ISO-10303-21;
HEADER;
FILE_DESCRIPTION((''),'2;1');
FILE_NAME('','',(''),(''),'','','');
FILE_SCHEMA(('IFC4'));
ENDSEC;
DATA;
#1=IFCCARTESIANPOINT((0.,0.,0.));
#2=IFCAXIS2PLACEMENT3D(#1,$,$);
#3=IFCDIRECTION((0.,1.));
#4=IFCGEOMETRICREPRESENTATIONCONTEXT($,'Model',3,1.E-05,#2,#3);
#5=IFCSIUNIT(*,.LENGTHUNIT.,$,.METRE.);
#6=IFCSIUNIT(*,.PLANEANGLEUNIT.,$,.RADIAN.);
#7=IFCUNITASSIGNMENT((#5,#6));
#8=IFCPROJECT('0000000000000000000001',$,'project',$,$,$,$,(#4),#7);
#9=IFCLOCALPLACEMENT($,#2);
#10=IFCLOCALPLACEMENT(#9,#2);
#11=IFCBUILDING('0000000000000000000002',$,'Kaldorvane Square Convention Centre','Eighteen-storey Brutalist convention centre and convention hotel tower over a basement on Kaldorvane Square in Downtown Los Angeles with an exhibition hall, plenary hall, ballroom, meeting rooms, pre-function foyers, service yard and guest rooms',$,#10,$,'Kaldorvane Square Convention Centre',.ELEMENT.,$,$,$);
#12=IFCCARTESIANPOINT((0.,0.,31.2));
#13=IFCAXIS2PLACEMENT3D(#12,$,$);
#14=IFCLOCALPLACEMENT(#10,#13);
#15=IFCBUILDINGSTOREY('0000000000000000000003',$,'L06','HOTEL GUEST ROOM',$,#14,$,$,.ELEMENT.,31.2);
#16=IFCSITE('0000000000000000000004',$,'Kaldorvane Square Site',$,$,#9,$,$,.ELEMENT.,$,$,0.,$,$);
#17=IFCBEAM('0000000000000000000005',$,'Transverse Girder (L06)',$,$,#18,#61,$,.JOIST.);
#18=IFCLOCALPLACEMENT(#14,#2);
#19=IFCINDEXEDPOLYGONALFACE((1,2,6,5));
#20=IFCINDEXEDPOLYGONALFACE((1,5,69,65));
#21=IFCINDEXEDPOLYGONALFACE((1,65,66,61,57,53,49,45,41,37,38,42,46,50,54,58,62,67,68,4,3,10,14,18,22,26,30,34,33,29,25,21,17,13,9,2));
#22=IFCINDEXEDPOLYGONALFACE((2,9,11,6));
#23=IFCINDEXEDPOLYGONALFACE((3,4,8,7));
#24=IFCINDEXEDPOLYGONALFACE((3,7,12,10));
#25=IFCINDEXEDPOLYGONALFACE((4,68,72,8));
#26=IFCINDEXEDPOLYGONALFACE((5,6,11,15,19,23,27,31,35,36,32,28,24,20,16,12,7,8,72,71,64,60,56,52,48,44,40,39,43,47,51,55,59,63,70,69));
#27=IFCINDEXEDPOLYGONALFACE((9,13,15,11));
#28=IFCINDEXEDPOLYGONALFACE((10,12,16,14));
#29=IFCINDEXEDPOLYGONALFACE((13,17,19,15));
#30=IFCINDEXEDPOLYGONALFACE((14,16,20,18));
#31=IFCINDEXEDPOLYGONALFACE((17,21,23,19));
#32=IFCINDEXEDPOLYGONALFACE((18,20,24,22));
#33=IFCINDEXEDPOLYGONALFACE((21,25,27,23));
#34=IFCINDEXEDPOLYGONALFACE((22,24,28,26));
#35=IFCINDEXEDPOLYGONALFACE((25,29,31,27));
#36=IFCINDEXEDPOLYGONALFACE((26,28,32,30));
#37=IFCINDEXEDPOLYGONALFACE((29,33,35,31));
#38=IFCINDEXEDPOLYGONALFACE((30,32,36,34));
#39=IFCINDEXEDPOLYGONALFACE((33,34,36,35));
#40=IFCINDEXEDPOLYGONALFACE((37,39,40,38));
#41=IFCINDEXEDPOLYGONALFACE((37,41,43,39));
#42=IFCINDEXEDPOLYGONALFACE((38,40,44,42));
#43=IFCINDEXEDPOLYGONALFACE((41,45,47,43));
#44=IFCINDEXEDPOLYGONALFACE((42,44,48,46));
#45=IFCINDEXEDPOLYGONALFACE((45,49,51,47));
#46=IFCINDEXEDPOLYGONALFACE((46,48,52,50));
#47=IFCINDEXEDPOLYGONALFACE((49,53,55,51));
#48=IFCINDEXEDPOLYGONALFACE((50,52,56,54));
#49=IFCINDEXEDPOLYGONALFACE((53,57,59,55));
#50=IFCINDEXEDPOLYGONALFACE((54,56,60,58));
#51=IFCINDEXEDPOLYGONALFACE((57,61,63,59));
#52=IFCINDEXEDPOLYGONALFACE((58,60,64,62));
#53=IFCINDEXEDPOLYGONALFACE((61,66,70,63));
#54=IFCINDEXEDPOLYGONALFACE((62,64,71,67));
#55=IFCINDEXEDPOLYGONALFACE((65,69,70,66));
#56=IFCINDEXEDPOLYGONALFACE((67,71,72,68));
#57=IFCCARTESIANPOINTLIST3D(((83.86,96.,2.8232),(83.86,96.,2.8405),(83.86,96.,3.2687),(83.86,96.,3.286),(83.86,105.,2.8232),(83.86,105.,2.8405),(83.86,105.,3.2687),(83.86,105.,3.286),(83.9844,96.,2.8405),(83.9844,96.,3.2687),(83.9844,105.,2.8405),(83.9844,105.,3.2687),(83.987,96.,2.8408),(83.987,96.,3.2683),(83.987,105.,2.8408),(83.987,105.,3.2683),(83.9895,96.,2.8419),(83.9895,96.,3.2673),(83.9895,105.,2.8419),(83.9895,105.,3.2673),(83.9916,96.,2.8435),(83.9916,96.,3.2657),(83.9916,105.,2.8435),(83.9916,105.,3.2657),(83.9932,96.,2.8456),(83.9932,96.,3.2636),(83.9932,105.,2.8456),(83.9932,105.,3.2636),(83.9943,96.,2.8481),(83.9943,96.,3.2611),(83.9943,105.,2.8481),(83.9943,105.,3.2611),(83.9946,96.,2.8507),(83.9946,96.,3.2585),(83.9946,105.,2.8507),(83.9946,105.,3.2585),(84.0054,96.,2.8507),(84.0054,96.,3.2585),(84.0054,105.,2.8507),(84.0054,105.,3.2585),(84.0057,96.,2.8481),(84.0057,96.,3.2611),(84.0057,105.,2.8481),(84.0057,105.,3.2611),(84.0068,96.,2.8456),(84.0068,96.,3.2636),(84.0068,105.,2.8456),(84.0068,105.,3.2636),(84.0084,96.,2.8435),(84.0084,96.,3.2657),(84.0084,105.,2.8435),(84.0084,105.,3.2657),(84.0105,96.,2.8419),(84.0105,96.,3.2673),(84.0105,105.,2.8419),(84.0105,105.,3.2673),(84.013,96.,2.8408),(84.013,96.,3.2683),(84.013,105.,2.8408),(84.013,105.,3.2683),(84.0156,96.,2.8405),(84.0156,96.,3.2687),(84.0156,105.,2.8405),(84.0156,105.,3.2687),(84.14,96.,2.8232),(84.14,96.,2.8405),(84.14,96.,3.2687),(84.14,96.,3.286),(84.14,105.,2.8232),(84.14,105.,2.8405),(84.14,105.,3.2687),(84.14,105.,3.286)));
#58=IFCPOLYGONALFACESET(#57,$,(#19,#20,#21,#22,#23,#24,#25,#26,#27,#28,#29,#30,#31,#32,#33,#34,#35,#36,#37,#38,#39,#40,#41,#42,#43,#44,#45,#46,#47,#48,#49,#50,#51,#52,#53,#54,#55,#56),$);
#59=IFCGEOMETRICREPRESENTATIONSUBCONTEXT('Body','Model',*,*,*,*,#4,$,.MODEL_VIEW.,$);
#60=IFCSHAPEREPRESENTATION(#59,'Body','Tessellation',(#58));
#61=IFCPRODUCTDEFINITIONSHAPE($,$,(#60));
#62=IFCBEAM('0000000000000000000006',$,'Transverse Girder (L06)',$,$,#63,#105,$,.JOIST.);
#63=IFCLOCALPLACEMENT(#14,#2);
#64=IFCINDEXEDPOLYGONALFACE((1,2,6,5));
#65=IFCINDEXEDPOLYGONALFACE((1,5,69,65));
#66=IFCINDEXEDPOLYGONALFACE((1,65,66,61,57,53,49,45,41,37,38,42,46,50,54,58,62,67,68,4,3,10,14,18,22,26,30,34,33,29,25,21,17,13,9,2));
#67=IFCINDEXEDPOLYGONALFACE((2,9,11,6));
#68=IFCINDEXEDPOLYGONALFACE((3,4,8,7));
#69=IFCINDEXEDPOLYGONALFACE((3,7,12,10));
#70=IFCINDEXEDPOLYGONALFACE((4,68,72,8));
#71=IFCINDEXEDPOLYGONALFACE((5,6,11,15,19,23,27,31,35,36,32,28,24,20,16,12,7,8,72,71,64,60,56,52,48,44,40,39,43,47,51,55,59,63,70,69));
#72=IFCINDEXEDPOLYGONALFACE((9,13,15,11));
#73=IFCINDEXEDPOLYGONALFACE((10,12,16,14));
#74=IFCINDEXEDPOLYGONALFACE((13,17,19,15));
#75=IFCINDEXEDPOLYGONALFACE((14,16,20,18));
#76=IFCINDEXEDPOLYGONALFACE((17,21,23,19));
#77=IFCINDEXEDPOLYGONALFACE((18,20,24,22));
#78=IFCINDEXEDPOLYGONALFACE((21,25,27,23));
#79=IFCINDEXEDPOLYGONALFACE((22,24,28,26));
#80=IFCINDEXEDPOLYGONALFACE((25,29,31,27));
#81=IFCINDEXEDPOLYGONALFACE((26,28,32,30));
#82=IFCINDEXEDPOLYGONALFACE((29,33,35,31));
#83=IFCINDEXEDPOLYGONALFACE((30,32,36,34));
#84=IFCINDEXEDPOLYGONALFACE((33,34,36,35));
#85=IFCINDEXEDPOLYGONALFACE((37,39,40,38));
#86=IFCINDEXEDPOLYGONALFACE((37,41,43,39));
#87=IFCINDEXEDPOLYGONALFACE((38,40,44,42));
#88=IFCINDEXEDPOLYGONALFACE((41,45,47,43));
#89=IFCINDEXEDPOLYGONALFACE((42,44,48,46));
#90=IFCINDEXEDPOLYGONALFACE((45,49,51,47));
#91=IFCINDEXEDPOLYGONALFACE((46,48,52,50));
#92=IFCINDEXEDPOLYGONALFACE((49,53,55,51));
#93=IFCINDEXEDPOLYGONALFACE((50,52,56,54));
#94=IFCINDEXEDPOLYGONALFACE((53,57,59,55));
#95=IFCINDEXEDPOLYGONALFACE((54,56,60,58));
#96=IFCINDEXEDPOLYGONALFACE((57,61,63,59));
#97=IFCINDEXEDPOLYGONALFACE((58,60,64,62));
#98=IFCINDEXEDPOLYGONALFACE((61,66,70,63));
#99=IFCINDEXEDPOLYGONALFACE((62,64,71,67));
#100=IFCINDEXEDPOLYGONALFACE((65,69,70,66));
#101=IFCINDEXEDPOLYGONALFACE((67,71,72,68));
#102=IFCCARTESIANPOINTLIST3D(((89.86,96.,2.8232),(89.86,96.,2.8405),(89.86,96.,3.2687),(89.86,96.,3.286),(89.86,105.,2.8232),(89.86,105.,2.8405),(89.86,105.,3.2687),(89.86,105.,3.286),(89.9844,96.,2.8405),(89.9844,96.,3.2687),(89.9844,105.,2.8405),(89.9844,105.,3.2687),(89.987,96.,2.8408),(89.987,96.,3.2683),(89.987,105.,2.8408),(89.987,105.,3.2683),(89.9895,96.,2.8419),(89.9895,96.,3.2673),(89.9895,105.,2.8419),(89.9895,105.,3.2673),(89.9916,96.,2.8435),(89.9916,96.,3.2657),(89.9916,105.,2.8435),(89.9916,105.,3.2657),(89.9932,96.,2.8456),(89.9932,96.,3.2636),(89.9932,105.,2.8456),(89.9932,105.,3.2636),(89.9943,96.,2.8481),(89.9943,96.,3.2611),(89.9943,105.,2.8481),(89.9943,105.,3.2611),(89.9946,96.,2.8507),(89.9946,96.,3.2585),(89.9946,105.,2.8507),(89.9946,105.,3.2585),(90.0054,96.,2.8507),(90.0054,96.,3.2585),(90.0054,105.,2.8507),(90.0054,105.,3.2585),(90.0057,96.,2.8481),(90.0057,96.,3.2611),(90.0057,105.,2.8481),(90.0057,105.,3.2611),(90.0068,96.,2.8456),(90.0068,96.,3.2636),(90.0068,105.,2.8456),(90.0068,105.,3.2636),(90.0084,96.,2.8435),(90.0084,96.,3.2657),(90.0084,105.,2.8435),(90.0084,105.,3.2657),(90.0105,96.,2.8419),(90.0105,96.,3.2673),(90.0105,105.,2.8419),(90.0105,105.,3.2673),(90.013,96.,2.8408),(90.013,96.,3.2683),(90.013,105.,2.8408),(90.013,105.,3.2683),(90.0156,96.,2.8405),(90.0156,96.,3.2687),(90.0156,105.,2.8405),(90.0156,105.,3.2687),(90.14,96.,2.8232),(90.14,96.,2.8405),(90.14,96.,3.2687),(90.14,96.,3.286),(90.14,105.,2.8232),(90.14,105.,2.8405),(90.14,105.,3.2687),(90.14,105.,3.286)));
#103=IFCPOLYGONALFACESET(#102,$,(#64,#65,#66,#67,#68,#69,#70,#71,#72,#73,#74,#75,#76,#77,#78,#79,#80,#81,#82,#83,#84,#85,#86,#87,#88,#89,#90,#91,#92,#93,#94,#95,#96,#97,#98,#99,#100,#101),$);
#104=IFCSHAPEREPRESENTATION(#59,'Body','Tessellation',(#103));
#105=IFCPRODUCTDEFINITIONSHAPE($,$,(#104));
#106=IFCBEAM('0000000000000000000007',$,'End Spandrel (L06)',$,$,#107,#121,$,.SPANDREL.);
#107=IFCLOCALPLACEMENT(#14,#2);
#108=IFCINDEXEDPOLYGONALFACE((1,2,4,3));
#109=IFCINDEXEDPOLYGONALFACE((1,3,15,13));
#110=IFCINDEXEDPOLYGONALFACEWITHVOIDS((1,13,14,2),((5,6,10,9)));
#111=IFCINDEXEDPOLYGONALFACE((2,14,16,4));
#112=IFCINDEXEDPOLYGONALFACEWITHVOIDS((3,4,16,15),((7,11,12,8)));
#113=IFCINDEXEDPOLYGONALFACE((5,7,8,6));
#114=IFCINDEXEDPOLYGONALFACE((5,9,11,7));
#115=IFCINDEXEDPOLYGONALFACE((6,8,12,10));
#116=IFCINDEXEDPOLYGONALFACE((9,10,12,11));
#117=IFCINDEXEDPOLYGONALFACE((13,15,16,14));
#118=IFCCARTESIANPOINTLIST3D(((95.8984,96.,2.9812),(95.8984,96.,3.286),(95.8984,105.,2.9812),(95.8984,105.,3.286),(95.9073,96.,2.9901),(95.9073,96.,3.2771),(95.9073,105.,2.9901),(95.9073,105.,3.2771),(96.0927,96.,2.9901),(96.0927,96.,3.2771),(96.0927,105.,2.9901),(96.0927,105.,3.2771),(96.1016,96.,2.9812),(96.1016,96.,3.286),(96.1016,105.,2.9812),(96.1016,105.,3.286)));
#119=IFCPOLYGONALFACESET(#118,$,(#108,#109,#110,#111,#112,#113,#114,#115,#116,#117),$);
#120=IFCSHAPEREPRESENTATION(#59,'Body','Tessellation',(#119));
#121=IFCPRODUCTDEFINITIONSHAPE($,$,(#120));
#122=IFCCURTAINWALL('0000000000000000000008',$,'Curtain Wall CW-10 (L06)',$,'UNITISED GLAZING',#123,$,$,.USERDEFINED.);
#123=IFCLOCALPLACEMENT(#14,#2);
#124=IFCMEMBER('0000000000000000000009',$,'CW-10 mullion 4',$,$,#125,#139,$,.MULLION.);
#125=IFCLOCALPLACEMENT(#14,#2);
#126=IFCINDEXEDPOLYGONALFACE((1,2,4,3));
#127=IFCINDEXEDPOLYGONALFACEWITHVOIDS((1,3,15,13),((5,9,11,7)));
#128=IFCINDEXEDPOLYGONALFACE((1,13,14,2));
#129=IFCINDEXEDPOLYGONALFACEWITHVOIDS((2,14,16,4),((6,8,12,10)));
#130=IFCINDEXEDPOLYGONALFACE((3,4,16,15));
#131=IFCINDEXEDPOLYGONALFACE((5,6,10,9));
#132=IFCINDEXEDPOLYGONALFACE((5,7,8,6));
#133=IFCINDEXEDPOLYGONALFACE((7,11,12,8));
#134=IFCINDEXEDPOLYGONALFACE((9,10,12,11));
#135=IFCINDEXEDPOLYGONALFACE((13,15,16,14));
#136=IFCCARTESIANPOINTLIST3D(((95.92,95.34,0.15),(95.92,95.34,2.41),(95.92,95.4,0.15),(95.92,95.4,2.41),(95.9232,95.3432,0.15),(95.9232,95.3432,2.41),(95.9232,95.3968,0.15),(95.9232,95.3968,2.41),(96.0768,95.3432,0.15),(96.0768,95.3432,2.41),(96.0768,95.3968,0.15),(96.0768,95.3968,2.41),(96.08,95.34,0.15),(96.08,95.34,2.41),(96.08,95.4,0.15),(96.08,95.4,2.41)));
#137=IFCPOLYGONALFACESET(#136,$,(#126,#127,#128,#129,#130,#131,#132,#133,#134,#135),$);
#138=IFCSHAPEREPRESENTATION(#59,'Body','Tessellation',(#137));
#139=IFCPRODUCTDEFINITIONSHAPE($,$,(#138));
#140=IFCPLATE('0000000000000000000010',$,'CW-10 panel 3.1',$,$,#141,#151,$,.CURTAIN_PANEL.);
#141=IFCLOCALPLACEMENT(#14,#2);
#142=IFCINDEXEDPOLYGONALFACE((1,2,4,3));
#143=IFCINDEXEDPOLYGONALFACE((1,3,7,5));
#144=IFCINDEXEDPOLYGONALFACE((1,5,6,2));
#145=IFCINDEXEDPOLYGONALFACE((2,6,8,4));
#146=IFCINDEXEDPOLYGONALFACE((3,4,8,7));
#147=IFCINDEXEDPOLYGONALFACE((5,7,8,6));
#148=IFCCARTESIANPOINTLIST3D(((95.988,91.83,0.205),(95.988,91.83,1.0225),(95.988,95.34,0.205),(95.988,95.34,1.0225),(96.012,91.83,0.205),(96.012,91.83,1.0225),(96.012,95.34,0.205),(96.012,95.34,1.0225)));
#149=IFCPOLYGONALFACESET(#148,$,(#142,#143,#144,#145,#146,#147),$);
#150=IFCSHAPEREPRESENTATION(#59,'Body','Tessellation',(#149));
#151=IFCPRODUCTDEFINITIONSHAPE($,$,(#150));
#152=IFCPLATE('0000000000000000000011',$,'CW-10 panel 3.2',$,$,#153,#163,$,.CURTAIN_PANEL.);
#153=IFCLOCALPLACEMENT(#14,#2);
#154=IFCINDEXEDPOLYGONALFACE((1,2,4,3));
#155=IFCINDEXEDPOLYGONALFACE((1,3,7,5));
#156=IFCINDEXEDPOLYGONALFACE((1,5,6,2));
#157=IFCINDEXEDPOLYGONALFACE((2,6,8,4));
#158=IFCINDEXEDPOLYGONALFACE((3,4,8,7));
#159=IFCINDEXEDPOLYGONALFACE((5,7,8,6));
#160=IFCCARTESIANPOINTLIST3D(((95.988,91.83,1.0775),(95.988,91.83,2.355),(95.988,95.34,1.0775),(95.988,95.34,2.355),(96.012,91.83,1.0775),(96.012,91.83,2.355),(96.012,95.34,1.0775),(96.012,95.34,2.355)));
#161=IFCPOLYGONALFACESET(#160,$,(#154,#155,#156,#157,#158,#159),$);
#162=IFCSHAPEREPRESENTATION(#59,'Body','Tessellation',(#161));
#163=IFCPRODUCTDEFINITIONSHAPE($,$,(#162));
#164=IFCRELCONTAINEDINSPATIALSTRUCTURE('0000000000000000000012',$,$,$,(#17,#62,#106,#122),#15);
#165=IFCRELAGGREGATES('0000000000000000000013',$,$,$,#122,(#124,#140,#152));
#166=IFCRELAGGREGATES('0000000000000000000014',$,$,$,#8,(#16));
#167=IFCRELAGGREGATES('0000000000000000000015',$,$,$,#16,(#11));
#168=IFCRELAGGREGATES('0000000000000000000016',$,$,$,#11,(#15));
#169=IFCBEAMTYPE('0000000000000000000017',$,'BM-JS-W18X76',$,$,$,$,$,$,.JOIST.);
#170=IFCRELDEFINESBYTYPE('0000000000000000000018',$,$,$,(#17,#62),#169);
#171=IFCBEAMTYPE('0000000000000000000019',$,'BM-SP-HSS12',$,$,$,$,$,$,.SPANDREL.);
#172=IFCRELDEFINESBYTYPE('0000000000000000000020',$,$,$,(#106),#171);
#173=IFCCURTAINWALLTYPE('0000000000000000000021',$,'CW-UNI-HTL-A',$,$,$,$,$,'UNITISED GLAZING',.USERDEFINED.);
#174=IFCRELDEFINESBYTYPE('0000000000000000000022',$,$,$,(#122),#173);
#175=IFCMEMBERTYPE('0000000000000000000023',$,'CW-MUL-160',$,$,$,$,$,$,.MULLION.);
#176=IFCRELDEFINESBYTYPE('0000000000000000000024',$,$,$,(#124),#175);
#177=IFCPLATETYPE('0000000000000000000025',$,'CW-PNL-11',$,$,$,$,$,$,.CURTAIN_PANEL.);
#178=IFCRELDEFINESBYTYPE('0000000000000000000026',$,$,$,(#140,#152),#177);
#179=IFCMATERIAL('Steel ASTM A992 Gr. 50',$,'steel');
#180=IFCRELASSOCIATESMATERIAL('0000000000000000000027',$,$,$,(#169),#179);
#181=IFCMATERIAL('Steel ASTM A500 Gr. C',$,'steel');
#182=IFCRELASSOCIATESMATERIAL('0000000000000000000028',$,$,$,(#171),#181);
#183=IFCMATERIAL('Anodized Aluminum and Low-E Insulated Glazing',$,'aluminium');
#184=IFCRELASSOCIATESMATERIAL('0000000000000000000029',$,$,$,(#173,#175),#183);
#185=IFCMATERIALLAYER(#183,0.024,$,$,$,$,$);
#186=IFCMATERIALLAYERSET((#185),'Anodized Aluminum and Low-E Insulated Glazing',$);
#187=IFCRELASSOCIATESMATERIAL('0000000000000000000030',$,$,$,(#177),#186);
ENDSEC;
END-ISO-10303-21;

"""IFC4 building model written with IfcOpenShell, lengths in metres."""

from ifc_helpers import new_model, si_unit, direction, frame, origin, origin_2d, place, context, subcontext, project, spatial, rectangle, hollow_rectangle, i_section, extrude, material, layer, layer_set, material_profile, profile_set, type_object, element, aggregate, save


model = new_model("IFC4")

# Units and contexts
model_context = context("Model", 3, precision=1e-05, world=origin(), true_north=direction((0.0, 1.0)))
body_context = subcontext(model_context, "Body", "Model", "MODEL_VIEW")
ifc_project = project(units=[si_unit("LENGTHUNIT", "METRE"), si_unit("PLANEANGLEUNIT", "RADIAN")], contexts=[model_context])

# Site, building, storey
site_placement = place(None, origin())
site = spatial("IfcSite", under=ifc_project, at=site_placement, Name="Kaldorvane Square Site", CompositionType="ELEMENT", RefElevation=0.0)
building_placement = place(site_placement, origin())
building = spatial("IfcBuilding", under=site, at=building_placement, Name="Kaldorvane Square Convention Centre", Description="Eighteen-storey Brutalist convention centre and convention hotel tower over a basement on Kaldorvane Square in Downtown Los Angeles with an exhibition hall, plenary hall, ballroom, meeting rooms, pre-function foyers, service yard and guest rooms", LongName="Kaldorvane Square Convention Centre", CompositionType="ELEMENT")
storey_placement = place(building_placement, frame((0.0, 0.0, 31.2)))
storey = spatial("IfcBuildingStorey", under=building, at=storey_placement, Name="L06", Description="HOTEL GUEST ROOM", CompositionType="ELEMENT", Elevation=31.2)

# Shared definitions
ifc_material_1 = material(Name="Steel ASTM A992 Gr. 50", Category="steel")

# Beams
ifc_material_profile_1 = material_profile(ifc_material_1, i_section(OverallWidth=0.2799, OverallDepth=0.4628, WebThickness=0.0108, FlangeThickness=0.0173, FilletRadius=0.0102, at=origin_2d()), Name="W18X76")
ifc_profile_set_1 = profile_set([ifc_material_profile_1], Name="Steel ASTM A992 Gr. 50")
beam_type_1 = type_object("IfcBeamType", Name="BM-JS-W18X76", PredefinedType="JOIST", material=ifc_profile_set_1)
for number, where, z_axis, x_axis, name in (
    (1, (84.0, 96.0, 3.0546), (0.0, 1.0, 0.0), (-1.0, 0.0, 0.0), "Transverse Girder (L06)"),
    (2, (90.0, 96.0, 3.0546), (0.0, 1.0, 0.0), (-1.0, 0.0, 0.0), "Transverse Girder (L06)"),
):
    element("IfcBeam", number, at=place(storey_placement, frame(where, z_axis=z_axis, x_axis=x_axis)), inside=storey, type_object=beam_type_1, Name=name, PredefinedType="JOIST", context=body_context, shape_type="SweptSolid", body=[
        extrude(i_section(OverallWidth=0.2799, OverallDepth=0.4628, WebThickness=0.0108, FlangeThickness=0.0173, FilletRadius=0.0102, at=origin_2d()), origin(), (0.0, 0.0, 1.0), 9.0),
    ])
ifc_material_2 = material(Name="Steel ASTM A500 Gr. C", Category="steel")
ifc_material_profile_2 = material_profile(ifc_material_2, hollow_rectangle(XDim=0.2032, YDim=0.3048, WallThickness=0.0089, at=origin_2d()), Name="HSS12X8X3/8")
ifc_profile_set_2 = profile_set([ifc_material_profile_2], Name="Steel ASTM A500 Gr. C")
beam_type_2 = type_object("IfcBeamType", Name="BM-SP-HSS12", PredefinedType="SPANDREL", material=ifc_profile_set_2)
beam_placement = place(storey_placement, frame((96.0, 96.0, 3.1336), z_axis=(0.0, 1.0, 0.0), x_axis=(-1.0, 0.0, 0.0)))
element("IfcBeam", 3, at=beam_placement, inside=storey, type_object=beam_type_2, Name="End Spandrel (L06)", PredefinedType="SPANDREL", context=body_context, shape_type="SweptSolid", body=[
    extrude(hollow_rectangle(XDim=0.2032, YDim=0.3048, WallThickness=0.0089, at=origin_2d()), origin(), (0.0, 0.0, 1.0), 9.0),
])

# Curtain wall, member, plates
ifc_material_3 = material(Name="Anodized Aluminum and Low-E Insulated Glazing", Category="aluminium")
curtain_wall_type = type_object("IfcCurtainWallType", Name="CW-UNI-HTL-A", ElementType="UNITISED GLAZING", PredefinedType="USERDEFINED", material=ifc_material_3)
curtain_wall_placement = place(storey_placement, origin())
curtain_wall = element("IfcCurtainWall", 4, at=curtain_wall_placement, inside=storey, type_object=curtain_wall_type, Name="Curtain Wall CW-10 (L06)", ObjectType="UNITISED GLAZING", PredefinedType="USERDEFINED")
ifc_material_profile_3 = material_profile(ifc_material_3, hollow_rectangle(XDim=0.06, YDim=0.16, WallThickness=0.0032, at=origin_2d()), Name="CWM-160X60")
ifc_profile_set_3 = profile_set([ifc_material_profile_3], Name="Anodized Aluminum and Low-E Insulated Glazing")
member_type = type_object("IfcMemberType", Name="CW-MUL-160", PredefinedType="MULLION", material=ifc_profile_set_3)
member_placement = place(storey_placement, frame((96.0, 95.37, 0.15), z_axis=(0.0, 0.0, 1.0), x_axis=(0.0, 1.0, 0.0)))
member = element("IfcMember", 5, at=member_placement, type_object=member_type, Name="CW-10 mullion 4", PredefinedType="MULLION", context=body_context, shape_type="SweptSolid", body=[
    extrude(hollow_rectangle(XDim=0.06, YDim=0.16, WallThickness=0.0032, at=origin_2d()), origin(), (0.0, 0.0, 1.0), 2.26),
])
ifc_layer_1 = layer(ifc_material_3, 0.024)
ifc_layer_set_1 = layer_set([ifc_layer_1], Name="Anodized Aluminum and Low-E Insulated Glazing")
plate_type = type_object("IfcPlateType", Name="CW-PNL-11", PredefinedType="CURTAIN_PANEL", material=ifc_layer_set_1)
plate_1_placement = place(storey_placement, frame((96.0, 93.585, 0.205), z_axis=(0.0, 0.0, 1.0), x_axis=(0.0, 1.0, 0.0)))
plate_1 = element("IfcPlate", 6, at=plate_1_placement, type_object=plate_type, Name="CW-10 panel 3.1", PredefinedType="CURTAIN_PANEL", context=body_context, shape_type="SweptSolid", body=[
    extrude(rectangle(XDim=3.51, YDim=0.024, at=origin_2d()), origin(), (0.0, 0.0, 1.0), 0.8175),
])
plate_2_placement = place(storey_placement, frame((96.0, 93.585, 1.0775), z_axis=(0.0, 0.0, 1.0), x_axis=(0.0, 1.0, 0.0)))
plate_2 = element("IfcPlate", 7, at=plate_2_placement, type_object=plate_type, Name="CW-10 panel 3.2", PredefinedType="CURTAIN_PANEL", context=body_context, shape_type="SweptSolid", body=[
    extrude(rectangle(XDim=3.51, YDim=0.024, at=origin_2d()), origin(), (0.0, 0.0, 1.0), 1.2775),
])
aggregate(curtain_wall, [member, plate_1, plate_2])

save(model, "model.ifc")
